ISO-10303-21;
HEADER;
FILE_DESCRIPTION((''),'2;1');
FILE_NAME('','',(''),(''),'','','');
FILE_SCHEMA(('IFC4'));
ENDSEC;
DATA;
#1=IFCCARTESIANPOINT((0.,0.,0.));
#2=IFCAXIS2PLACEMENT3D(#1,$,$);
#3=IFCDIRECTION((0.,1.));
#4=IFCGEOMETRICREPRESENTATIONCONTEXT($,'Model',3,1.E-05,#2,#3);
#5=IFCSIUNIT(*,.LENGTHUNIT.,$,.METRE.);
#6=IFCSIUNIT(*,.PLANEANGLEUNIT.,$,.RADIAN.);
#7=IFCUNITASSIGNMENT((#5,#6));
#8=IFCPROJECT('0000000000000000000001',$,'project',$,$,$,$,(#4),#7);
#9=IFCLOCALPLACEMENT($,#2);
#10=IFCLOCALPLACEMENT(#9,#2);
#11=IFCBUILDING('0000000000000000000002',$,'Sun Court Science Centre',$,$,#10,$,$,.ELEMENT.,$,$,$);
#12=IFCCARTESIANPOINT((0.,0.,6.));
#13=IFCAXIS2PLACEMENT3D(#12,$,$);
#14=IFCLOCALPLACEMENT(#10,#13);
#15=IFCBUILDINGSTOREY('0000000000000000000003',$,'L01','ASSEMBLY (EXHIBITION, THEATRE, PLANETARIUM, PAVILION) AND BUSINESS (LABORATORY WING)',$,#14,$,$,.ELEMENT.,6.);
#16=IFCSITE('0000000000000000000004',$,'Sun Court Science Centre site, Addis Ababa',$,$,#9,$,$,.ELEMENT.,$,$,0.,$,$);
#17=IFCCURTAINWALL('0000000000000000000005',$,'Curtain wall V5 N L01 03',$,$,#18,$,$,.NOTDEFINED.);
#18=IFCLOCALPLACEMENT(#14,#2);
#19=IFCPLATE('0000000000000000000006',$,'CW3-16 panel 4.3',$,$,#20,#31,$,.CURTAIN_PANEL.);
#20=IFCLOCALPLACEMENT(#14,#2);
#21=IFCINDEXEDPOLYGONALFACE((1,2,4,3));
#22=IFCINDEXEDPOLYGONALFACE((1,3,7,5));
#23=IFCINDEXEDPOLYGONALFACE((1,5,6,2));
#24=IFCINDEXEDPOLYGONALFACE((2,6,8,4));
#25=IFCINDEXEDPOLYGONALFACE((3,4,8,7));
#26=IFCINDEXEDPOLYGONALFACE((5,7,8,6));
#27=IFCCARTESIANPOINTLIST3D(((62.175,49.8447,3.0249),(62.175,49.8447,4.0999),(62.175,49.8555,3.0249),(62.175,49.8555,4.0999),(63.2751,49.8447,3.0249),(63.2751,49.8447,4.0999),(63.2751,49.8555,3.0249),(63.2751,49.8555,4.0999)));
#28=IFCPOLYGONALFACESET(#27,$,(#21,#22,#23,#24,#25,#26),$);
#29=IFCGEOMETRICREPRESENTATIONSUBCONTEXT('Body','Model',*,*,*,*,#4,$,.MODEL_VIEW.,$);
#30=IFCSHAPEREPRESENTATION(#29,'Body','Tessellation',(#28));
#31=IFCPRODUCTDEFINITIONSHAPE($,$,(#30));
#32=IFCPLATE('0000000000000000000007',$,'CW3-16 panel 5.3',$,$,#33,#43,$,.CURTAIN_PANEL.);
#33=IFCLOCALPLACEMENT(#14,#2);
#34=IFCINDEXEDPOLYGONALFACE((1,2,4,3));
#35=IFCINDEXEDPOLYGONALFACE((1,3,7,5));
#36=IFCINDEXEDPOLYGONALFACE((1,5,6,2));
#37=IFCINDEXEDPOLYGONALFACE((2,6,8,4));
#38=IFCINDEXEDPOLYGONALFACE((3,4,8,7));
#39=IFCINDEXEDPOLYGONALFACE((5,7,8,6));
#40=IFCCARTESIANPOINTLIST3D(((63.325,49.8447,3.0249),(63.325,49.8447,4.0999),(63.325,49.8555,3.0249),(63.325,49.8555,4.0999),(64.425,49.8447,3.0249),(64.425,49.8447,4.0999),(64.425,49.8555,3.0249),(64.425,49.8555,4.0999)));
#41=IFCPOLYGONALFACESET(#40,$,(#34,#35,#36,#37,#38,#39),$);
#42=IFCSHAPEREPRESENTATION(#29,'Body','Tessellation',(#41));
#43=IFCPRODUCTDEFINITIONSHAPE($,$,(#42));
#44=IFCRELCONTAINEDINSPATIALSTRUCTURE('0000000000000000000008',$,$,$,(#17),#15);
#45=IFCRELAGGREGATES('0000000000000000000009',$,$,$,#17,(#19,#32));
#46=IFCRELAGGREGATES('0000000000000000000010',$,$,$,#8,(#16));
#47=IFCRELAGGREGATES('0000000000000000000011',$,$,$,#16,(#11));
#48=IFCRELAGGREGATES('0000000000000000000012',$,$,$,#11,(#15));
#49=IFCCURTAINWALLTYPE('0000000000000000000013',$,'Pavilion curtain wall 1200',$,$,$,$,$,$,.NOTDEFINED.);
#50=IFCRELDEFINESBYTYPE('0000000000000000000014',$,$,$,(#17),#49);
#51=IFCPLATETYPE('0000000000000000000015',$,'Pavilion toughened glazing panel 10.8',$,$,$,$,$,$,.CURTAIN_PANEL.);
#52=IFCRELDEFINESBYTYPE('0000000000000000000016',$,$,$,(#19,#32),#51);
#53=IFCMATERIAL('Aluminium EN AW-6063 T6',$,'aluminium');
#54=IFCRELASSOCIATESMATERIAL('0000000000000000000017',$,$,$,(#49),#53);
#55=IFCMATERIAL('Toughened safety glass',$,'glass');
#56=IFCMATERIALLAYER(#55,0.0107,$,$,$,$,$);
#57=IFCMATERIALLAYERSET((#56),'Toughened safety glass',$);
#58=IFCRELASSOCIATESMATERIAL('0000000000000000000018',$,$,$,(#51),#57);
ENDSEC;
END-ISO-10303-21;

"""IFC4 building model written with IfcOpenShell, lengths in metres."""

from ifc_helpers import new_model, si_unit, direction, frame, origin, origin_2d, place, context, subcontext, project, spatial, rectangle, extrude, material, layer, layer_set, type_object, element, aggregate, save


model = new_model("IFC4")

# Units and contexts
model_context = context("Model", 3, precision=1e-05, world=origin(), true_north=direction((0.0, 1.0)))
body_context = subcontext(model_context, "Body", "Model", "MODEL_VIEW")
ifc_project = project(units=[si_unit("LENGTHUNIT", "METRE"), si_unit("PLANEANGLEUNIT", "RADIAN")], contexts=[model_context])

# Site, building, storey
site_placement = place(None, origin())
site = spatial("IfcSite", under=ifc_project, at=site_placement, Name="Sun Court Science Centre site, Addis Ababa", CompositionType="ELEMENT", RefElevation=0.0)
building_placement = place(site_placement, origin())
building = spatial("IfcBuilding", under=site, at=building_placement, Name="Sun Court Science Centre", CompositionType="ELEMENT")
storey_placement = place(building_placement, frame((0.0, 0.0, 6.0)))
storey = spatial("IfcBuildingStorey", under=building, at=storey_placement, Name="L01", Description="ASSEMBLY (EXHIBITION, THEATRE, PLANETARIUM, PAVILION) AND BUSINESS (LABORATORY WING)", CompositionType="ELEMENT", Elevation=6.0)

# Curtain wall, plates
ifc_material_1 = material(Name="Aluminium EN AW-6063 T6", Category="aluminium")
curtain_wall_type = type_object("IfcCurtainWallType", Name="Pavilion curtain wall 1200", PredefinedType="NOTDEFINED", material=ifc_material_1)
curtain_wall_placement = place(storey_placement, origin())
curtain_wall = element("IfcCurtainWall", 1, at=curtain_wall_placement, inside=storey, type_object=curtain_wall_type, Name="Curtain wall V5 N L01 03", PredefinedType="NOTDEFINED")
ifc_material_2 = material(Name="Toughened safety glass", Category="glass")
ifc_layer = layer(ifc_material_2, 0.0107)
ifc_layer_set = layer_set([ifc_layer], Name="Toughened safety glass")
plate_type = type_object("IfcPlateType", Name="Pavilion toughened glazing panel 10.8", PredefinedType="CURTAIN_PANEL", material=ifc_layer_set)
plate_1_placement = place(storey_placement, frame((62.7251, 49.8501, 3.0249), z_axis=(0.0, 0.0, 1.0), x_axis=(1.0, 0.0, 0.0)))
plate_1 = element("IfcPlate", 2, at=plate_1_placement, type_object=plate_type, Name="CW3-16 panel 4.3", PredefinedType="CURTAIN_PANEL", context=body_context, shape_type="SweptSolid", body=[
    extrude(rectangle(XDim=1.1001, YDim=0.0107, at=origin_2d()), origin(), (0.0, 0.0, 1.0), 1.075),
])
plate_2_placement = place(storey_placement, frame((63.875, 49.8501, 3.0249), z_axis=(0.0, 0.0, 1.0), x_axis=(1.0, 0.0, 0.0)))
plate_2 = element("IfcPlate", 3, at=plate_2_placement, type_object=plate_type, Name="CW3-16 panel 5.3", PredefinedType="CURTAIN_PANEL", context=body_context, shape_type="SweptSolid", body=[
    extrude(rectangle(XDim=1.1001, YDim=0.0107, at=origin_2d()), origin(), (0.0, 0.0, 1.0), 1.075),
])
aggregate(curtain_wall, [plate_1, plate_2])

save(model, "model.ifc")
